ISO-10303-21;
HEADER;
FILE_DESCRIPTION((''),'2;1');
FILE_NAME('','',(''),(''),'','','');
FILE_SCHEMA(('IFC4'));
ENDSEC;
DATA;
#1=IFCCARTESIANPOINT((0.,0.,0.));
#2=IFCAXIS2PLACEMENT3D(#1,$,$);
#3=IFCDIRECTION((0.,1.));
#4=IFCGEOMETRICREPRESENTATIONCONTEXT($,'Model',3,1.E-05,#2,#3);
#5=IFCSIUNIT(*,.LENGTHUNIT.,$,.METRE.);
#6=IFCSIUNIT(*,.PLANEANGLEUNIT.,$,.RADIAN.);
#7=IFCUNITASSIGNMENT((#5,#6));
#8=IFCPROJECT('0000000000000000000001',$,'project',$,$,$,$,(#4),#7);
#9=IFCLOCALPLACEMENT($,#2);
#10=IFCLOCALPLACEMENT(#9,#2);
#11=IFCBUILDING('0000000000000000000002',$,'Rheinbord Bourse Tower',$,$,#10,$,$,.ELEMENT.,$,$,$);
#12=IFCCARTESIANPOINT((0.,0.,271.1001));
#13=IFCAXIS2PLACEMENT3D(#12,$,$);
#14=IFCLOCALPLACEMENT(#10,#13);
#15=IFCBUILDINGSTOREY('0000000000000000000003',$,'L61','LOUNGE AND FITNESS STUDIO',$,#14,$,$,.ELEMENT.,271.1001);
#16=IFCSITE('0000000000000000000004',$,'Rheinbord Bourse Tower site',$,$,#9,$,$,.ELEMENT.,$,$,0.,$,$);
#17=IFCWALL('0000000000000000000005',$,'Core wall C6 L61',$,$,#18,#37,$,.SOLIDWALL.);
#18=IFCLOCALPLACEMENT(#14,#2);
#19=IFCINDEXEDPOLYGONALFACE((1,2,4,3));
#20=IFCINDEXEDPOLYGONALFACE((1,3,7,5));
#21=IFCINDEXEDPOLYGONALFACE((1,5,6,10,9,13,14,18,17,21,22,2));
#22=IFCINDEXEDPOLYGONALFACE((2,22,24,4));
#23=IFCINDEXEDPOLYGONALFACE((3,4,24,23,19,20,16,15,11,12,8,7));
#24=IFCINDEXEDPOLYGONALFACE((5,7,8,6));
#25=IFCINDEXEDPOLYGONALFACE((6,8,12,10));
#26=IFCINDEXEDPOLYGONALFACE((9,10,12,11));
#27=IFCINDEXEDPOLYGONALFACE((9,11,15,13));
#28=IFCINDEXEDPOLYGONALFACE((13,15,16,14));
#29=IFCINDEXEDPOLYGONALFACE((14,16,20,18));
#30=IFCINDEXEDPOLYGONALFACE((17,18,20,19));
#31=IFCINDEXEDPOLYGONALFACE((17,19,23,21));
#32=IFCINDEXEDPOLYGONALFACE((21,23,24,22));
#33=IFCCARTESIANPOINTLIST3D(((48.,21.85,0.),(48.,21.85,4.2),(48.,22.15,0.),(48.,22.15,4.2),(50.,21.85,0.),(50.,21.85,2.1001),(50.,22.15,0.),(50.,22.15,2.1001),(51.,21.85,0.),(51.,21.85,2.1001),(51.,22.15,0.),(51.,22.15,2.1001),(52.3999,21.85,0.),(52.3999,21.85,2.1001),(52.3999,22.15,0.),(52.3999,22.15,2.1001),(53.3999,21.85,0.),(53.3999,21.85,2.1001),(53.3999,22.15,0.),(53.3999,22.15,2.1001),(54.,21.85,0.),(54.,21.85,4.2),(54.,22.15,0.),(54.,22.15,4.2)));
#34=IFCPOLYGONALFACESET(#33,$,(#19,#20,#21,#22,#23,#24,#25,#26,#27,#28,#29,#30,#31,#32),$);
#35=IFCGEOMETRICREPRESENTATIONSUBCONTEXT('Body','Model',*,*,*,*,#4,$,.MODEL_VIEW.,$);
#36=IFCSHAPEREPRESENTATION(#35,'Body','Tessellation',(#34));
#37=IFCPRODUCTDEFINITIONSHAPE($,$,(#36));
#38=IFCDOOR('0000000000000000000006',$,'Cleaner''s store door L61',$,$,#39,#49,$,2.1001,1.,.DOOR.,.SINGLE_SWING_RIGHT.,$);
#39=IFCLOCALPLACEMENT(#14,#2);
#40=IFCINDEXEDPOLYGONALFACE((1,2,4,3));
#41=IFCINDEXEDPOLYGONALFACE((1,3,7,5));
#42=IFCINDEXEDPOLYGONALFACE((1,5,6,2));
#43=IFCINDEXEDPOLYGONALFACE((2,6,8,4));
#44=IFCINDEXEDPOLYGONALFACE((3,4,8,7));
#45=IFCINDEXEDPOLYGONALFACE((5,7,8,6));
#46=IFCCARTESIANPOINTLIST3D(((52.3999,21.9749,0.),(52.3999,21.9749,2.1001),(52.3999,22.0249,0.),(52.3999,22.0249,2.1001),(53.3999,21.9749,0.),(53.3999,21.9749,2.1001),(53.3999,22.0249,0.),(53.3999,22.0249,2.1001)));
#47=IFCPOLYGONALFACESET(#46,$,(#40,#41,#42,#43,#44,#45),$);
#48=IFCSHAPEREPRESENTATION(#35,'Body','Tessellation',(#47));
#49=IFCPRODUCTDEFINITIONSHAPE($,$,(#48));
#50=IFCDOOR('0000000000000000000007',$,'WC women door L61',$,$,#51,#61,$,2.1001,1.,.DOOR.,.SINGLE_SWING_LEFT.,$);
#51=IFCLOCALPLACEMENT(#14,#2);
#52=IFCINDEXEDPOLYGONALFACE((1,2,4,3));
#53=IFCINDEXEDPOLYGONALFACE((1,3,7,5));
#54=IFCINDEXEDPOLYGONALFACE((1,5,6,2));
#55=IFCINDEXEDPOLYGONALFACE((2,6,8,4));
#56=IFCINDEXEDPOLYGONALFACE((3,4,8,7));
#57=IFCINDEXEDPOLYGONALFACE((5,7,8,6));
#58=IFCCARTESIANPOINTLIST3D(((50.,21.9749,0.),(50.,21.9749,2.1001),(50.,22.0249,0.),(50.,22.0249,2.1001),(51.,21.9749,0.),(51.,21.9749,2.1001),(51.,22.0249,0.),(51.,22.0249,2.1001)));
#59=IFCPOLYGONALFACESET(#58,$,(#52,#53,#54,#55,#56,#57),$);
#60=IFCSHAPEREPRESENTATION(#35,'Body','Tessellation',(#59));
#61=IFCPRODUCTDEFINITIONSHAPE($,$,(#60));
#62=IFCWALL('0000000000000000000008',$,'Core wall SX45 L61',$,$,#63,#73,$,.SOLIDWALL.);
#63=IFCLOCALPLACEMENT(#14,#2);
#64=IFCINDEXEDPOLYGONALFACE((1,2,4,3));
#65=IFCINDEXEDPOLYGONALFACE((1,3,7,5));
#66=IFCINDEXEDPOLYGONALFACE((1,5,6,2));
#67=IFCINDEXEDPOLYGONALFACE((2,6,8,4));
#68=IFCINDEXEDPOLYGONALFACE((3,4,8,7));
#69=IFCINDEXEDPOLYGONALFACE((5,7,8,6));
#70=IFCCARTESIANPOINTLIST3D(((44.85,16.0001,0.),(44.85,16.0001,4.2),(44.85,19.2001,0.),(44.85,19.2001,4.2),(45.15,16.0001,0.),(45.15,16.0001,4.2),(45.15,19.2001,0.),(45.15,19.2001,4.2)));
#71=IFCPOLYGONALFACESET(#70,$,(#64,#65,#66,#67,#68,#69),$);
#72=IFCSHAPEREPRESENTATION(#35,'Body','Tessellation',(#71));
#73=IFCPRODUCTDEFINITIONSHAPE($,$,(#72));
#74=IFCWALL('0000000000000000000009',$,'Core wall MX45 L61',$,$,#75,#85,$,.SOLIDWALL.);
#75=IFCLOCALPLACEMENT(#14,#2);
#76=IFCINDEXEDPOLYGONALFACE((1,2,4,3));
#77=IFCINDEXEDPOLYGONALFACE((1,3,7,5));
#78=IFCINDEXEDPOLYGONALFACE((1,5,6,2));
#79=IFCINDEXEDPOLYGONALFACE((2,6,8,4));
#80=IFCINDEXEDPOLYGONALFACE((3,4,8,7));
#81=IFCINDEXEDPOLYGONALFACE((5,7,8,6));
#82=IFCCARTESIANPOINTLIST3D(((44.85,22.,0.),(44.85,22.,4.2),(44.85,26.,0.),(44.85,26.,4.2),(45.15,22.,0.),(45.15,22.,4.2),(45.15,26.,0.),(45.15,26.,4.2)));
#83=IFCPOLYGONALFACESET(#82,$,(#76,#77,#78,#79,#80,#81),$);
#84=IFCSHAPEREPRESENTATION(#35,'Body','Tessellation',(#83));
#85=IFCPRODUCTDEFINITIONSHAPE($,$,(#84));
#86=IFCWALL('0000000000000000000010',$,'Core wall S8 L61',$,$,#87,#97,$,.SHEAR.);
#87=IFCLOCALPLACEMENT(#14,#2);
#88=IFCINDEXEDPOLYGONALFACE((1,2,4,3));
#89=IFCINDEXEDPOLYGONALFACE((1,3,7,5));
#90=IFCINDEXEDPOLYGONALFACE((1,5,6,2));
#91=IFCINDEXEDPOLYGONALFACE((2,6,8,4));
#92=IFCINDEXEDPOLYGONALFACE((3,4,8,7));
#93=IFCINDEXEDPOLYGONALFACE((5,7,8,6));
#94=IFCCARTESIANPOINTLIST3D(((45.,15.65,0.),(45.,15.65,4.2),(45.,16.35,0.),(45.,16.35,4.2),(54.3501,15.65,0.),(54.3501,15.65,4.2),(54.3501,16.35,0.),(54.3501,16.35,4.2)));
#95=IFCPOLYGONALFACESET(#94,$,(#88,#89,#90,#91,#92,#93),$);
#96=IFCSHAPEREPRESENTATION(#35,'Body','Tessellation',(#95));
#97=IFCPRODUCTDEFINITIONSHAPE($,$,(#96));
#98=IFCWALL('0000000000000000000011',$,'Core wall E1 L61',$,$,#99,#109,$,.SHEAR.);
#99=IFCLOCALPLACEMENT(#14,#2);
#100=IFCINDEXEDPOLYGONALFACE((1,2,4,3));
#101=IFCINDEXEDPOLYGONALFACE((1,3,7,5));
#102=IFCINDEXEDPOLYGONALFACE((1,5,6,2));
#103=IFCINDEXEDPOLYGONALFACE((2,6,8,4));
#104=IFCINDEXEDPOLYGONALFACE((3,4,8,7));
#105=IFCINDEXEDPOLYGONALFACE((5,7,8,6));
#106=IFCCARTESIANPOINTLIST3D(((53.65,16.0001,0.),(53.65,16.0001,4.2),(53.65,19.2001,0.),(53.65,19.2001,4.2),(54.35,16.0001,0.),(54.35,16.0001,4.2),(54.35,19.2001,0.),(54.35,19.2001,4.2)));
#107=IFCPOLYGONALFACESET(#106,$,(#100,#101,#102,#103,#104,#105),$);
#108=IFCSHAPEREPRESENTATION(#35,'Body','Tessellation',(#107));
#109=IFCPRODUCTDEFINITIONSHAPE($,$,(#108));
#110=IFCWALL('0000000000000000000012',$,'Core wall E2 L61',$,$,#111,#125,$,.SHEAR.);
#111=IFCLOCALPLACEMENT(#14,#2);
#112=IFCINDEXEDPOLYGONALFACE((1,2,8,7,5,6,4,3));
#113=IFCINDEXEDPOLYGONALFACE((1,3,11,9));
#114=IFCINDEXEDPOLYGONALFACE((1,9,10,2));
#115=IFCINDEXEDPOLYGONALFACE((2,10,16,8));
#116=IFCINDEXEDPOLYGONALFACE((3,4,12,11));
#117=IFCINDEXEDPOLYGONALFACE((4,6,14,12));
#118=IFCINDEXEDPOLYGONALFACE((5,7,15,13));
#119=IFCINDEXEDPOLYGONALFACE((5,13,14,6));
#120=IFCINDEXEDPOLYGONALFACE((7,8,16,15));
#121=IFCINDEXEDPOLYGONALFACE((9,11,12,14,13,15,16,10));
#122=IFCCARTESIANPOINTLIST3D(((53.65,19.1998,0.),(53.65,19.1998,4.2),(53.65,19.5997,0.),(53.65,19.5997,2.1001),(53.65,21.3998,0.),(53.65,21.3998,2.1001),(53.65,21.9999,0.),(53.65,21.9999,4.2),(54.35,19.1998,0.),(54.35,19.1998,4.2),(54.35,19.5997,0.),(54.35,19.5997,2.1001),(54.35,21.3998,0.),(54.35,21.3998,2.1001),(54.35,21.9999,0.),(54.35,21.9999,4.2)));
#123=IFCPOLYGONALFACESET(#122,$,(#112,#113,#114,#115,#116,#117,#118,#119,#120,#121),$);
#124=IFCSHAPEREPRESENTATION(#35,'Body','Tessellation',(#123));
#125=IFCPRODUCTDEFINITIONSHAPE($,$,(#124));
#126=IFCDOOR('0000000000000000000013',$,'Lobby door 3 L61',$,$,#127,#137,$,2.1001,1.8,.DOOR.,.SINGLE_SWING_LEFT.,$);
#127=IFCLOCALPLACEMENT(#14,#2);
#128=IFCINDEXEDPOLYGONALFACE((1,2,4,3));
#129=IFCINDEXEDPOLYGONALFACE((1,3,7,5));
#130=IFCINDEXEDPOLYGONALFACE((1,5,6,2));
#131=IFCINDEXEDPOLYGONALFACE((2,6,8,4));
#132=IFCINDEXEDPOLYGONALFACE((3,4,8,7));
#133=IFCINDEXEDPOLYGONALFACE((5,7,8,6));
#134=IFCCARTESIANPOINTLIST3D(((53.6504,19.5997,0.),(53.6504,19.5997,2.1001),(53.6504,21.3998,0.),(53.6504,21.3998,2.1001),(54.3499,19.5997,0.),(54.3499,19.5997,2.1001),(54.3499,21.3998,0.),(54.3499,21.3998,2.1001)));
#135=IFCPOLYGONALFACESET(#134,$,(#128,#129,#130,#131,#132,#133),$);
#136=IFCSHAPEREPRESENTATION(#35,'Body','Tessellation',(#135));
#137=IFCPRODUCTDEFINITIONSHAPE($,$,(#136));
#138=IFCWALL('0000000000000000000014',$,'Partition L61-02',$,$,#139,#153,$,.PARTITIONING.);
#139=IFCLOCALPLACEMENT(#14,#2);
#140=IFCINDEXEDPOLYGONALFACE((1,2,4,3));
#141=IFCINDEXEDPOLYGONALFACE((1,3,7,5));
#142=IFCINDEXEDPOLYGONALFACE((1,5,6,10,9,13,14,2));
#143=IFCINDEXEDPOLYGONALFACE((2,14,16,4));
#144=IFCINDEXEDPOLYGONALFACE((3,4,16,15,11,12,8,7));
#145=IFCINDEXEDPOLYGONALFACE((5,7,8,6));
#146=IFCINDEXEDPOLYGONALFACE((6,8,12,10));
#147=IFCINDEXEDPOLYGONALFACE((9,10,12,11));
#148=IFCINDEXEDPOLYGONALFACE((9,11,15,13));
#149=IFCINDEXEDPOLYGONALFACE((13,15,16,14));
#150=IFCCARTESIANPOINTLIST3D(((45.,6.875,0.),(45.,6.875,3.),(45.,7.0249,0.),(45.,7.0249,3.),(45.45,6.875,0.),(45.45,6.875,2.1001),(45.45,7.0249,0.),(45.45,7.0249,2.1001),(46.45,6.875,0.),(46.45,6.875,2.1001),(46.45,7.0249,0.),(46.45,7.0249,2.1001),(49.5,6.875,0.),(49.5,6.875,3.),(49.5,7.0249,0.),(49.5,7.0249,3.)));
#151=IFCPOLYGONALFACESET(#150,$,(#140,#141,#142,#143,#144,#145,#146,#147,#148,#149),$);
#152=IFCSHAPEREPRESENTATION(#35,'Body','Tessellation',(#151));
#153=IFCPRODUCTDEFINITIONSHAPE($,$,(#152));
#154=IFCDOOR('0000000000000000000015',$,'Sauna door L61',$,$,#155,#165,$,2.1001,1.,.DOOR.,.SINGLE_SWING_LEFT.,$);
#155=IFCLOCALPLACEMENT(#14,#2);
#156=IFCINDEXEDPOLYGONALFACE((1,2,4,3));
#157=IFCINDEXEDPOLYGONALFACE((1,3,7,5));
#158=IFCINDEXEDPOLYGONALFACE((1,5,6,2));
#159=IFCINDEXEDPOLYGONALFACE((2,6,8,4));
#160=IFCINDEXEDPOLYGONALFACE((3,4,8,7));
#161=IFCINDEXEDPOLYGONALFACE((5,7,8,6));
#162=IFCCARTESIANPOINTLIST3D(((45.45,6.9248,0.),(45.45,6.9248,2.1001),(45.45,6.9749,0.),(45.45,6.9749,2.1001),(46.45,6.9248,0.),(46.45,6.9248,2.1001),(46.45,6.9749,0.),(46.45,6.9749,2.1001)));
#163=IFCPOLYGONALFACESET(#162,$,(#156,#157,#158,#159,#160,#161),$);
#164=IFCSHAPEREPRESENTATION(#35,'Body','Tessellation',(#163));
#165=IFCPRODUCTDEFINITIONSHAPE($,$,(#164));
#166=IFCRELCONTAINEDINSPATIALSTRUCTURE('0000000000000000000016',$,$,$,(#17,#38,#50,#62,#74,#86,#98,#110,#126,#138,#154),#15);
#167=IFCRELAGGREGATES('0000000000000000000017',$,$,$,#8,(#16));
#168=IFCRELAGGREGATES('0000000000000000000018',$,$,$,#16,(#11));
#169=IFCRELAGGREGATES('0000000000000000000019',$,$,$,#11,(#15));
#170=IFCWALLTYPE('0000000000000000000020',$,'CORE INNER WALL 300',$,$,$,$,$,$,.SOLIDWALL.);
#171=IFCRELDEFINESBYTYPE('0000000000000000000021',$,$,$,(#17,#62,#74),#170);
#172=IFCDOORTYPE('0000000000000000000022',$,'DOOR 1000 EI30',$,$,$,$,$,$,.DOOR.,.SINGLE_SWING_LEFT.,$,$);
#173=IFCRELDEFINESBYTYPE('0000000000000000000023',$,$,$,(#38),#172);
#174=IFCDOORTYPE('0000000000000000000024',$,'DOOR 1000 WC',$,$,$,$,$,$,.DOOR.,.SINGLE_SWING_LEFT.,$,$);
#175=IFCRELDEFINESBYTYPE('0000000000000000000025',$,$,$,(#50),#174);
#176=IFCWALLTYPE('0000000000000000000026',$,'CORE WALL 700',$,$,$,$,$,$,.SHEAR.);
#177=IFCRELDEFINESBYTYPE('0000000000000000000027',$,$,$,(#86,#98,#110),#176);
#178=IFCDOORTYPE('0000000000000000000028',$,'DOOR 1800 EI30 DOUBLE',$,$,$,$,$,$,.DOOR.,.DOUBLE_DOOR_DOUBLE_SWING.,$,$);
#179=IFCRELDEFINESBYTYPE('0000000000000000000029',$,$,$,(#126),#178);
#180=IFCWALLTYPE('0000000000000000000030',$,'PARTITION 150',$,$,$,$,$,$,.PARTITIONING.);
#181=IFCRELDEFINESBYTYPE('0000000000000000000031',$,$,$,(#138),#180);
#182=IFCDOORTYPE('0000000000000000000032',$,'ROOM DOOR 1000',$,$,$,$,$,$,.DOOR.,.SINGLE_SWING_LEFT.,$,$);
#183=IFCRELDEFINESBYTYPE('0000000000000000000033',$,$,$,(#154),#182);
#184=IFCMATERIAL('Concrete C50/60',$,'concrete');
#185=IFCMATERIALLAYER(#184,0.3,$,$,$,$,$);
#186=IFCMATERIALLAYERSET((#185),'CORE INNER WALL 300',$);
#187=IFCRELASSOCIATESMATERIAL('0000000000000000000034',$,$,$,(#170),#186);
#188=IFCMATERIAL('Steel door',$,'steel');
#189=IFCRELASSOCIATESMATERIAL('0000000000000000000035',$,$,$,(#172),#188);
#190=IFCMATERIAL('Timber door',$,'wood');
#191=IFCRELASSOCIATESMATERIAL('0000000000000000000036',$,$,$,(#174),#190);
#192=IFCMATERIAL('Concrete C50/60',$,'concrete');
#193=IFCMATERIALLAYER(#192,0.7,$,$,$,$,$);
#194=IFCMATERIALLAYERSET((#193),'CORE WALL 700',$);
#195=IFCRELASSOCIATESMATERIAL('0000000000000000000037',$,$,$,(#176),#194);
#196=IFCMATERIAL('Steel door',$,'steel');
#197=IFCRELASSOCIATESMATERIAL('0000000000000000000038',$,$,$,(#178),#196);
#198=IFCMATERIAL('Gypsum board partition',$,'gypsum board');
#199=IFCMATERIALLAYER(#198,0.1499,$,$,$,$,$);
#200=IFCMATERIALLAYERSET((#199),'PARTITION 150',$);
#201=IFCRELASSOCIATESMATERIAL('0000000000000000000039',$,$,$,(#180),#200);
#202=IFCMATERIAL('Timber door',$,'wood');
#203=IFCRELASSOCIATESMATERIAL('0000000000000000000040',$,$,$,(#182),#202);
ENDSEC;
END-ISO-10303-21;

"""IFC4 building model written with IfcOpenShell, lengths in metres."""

from ifc_helpers import new_model, si_unit, direction, frame, frame_2d, origin, place, context, subcontext, project, spatial, rectangle, extrude, material, layer, layer_set, type_object, element, fill, save


model = new_model("IFC4")

# Units and contexts
model_context = context("Model", 3, precision=1e-05, world=origin(), true_north=direction((0.0, 1.0)))
body_context = subcontext(model_context, "Body", "Model", "MODEL_VIEW")
ifc_project = project(units=[si_unit("LENGTHUNIT", "METRE"), si_unit("PLANEANGLEUNIT", "RADIAN")], contexts=[model_context])

# Site, building, storey
site_placement = place(None, origin())
site = spatial("IfcSite", under=ifc_project, at=site_placement, Name="Rheinbord Bourse Tower site", CompositionType="ELEMENT", RefElevation=0.0)
building_placement = place(site_placement, origin())
building = spatial("IfcBuilding", under=site, at=building_placement, Name="Rheinbord Bourse Tower", CompositionType="ELEMENT")
storey_placement = place(building_placement, frame((0.0, 0.0, 271.1001)))
storey = spatial("IfcBuildingStorey", under=building, at=storey_placement, Name="L61", Description="LOUNGE AND FITNESS STUDIO", CompositionType="ELEMENT", Elevation=271.1001)

# Shared definitions
ifc_material_1 = material(Name="Concrete C50/60", Category="concrete")
ifc_layer_1 = layer(ifc_material_1, 0.3)
ifc_layer_set_1 = layer_set([ifc_layer_1], Name="CORE INNER WALL 300")
wall_type_1 = type_object("IfcWallType", Name="CORE INNER WALL 300", PredefinedType="SOLIDWALL", material=ifc_layer_set_1)
ifc_material_2 = material(Name="Steel door", Category="steel")
door_type_1 = type_object("IfcDoorType", Name="DOOR 1000 EI30", OperationType="SINGLE_SWING_LEFT", PredefinedType="DOOR", material=ifc_material_2)
ifc_material_3 = material(Name="Timber door", Category="wood")
door_type_2 = type_object("IfcDoorType", Name="DOOR 1000 WC", OperationType="SINGLE_SWING_LEFT", PredefinedType="DOOR", material=ifc_material_3)

# Wall, openings, doors
wall_1_placement = place(storey_placement, frame((48.0, 22.0, 0.0), z_axis=(0.0, 0.0, 1.0), x_axis=(1.0, 0.0, 0.0)))
wall_1 = element("IfcWall", 1, at=wall_1_placement, inside=storey, type_object=wall_type_1, Name="Core wall C6 L61", PredefinedType="SOLIDWALL", context=body_context, shape_type="SweptSolid", body=[
    extrude(rectangle(XDim=6.0, YDim=0.3, at=frame_2d((3.0, 0.0))), origin(), (0.0, 0.0, 1.0), 4.2),
])
opening_1_placement = place(wall_1_placement, frame((2.0, 0.0, 0.0)))
opening_1 = element("IfcOpeningElement", 2, at=opening_1_placement, cuts=wall_1, PredefinedType="OPENING", context=body_context, shape_type="SweptSolid", body=[
    extrude(rectangle(XDim=1.0, YDim=2.1001, at=frame_2d((0.5, 1.05))), frame((0.0, 0.1599, 0.0), z_axis=(0.0, -1.0, 0.0), x_axis=(1.0, 0.0, 0.0)), (0.0, 0.0, 1.0), 0.3201),
])
opening_2_placement = place(wall_1_placement, frame((4.3999, 0.0, 0.0)))
opening_2 = element("IfcOpeningElement", 3, at=opening_2_placement, cuts=wall_1, PredefinedType="OPENING", context=body_context, shape_type="SweptSolid", body=[
    extrude(rectangle(XDim=1.0, YDim=2.1001, at=frame_2d((0.5, 1.05))), frame((0.0, 0.1599, 0.0), z_axis=(0.0, -1.0, 0.0), x_axis=(1.0, 0.0, 0.0)), (0.0, 0.0, 1.0), 0.3201),
])
door_1_placement = place(opening_2_placement, origin())
door_1 = element("IfcDoor", 4, at=door_1_placement, inside=storey, type_object=door_type_1, Name="Cleaner's store door L61", OperationType="SINGLE_SWING_RIGHT", OverallHeight=2.1001, OverallWidth=1.0, PredefinedType="DOOR", context=body_context, shape_type="SweptSolid", body=[
    extrude(rectangle(XDim=1.0, YDim=2.1001, at=frame_2d((0.5, 1.05))), frame((0.0, 0.0249, 0.0), z_axis=(0.0, -1.0, 0.0), x_axis=(1.0, 0.0, 0.0)), (0.0, 0.0, 1.0), 0.05),
])
fill(opening_2, door_1)
door_2_placement = place(opening_1_placement, origin())
door_2 = element("IfcDoor", 5, at=door_2_placement, inside=storey, type_object=door_type_2, Name="WC women door L61", OperationType="SINGLE_SWING_LEFT", OverallHeight=2.1001, OverallWidth=1.0, PredefinedType="DOOR", context=body_context, shape_type="SweptSolid", body=[
    extrude(rectangle(XDim=1.0, YDim=2.1001, at=frame_2d((0.5, 1.05))), frame((0.0, 0.0249, 0.0), z_axis=(0.0, -1.0, 0.0), x_axis=(1.0, 0.0, 0.0)), (0.0, 0.0, 1.0), 0.05),
])
fill(opening_1, door_2)

# Walls
wall_2_placement = place(storey_placement, frame((45.0, 16.0, 0.0), z_axis=(0.0, 0.0, 1.0), x_axis=(0.0, 1.0, 0.0)))
element("IfcWall", 6, at=wall_2_placement, inside=storey, type_object=wall_type_1, Name="Core wall SX45 L61", PredefinedType="SOLIDWALL", context=body_context, shape_type="SweptSolid", body=[
    extrude(rectangle(XDim=3.2, YDim=0.3, at=frame_2d((1.6001, 0.0))), origin(), (0.0, 0.0, 1.0), 4.2),
])
wall_3_placement = place(storey_placement, frame((45.0, 22.0, 0.0), z_axis=(0.0, 0.0, 1.0), x_axis=(0.0, 1.0, 0.0)))
element("IfcWall", 7, at=wall_3_placement, inside=storey, type_object=wall_type_1, Name="Core wall MX45 L61", PredefinedType="SOLIDWALL", context=body_context, shape_type="SweptSolid", body=[
    extrude(rectangle(XDim=4.0, YDim=0.3, at=frame_2d((2.0, 0.0))), origin(), (0.0, 0.0, 1.0), 4.2),
])
ifc_material_4 = material(Name="Concrete C50/60", Category="concrete")
ifc_layer_2 = layer(ifc_material_4, 0.7)
ifc_layer_set_2 = layer_set([ifc_layer_2], Name="CORE WALL 700")
wall_type_2 = type_object("IfcWallType", Name="CORE WALL 700", PredefinedType="SHEAR", material=ifc_layer_set_2)
wall_4_placement = place(storey_placement, frame((45.0, 16.0, 0.0), z_axis=(0.0, 0.0, 1.0), x_axis=(1.0, 0.0, 0.0)))
element("IfcWall", 8, at=wall_4_placement, inside=storey, type_object=wall_type_2, Name="Core wall S8 L61", PredefinedType="SHEAR", context=body_context, shape_type="SweptSolid", body=[
    extrude(rectangle(XDim=9.3501, YDim=0.7, at=frame_2d((4.675, 0.0))), origin(), (0.0, 0.0, 1.0), 4.2),
])
wall_5_placement = place(storey_placement, frame((54.0, 16.0, 0.0), z_axis=(0.0, 0.0, 1.0), x_axis=(0.0, 1.0, 0.0)))
element("IfcWall", 9, at=wall_5_placement, inside=storey, type_object=wall_type_2, Name="Core wall E1 L61", PredefinedType="SHEAR", context=body_context, shape_type="SweptSolid", body=[
    extrude(rectangle(XDim=3.2, YDim=0.7, at=frame_2d((1.6001, 0.0))), origin(), (0.0, 0.0, 1.0), 4.2),
])

# Walls, openings, doors
wall_6_placement = place(storey_placement, frame((54.0, 19.2, 0.0), z_axis=(0.0, 0.0, 1.0), x_axis=(0.0, 1.0, 0.0)))
wall_6 = element("IfcWall", 10, at=wall_6_placement, inside=storey, type_object=wall_type_2, Name="Core wall E2 L61", PredefinedType="SHEAR", context=body_context, shape_type="SweptSolid", body=[
    extrude(rectangle(XDim=2.8, YDim=0.7, at=frame_2d((1.3999, 0.0))), origin(), (0.0, 0.0, 1.0), 4.2),
])
opening_3_placement = place(wall_6_placement, frame((0.3999, 0.0, 0.0)))
opening_3 = element("IfcOpeningElement", 11, at=opening_3_placement, cuts=wall_6, PredefinedType="OPENING", context=body_context, shape_type="SweptSolid", body=[
    extrude(rectangle(XDim=1.8, YDim=2.1001, at=frame_2d((0.8999, 1.05))), frame((0.0, 0.3599, 0.0), z_axis=(0.0, -1.0, 0.0), x_axis=(1.0, 0.0, 0.0)), (0.0, 0.0, 1.0), 0.72),
])
ifc_material_5 = material(Name="Steel door", Category="steel")
door_type_3 = type_object("IfcDoorType", Name="DOOR 1800 EI30 DOUBLE", OperationType="DOUBLE_DOOR_DOUBLE_SWING", PredefinedType="DOOR", material=ifc_material_5)
door_3_placement = place(opening_3_placement, origin())
door_3 = element("IfcDoor", 12, at=door_3_placement, inside=storey, type_object=door_type_3, Name="Lobby door 3 L61", OperationType="SINGLE_SWING_LEFT", OverallHeight=2.1001, OverallWidth=1.8, PredefinedType="DOOR", context=body_context, shape_type="SweptSolid", body=[
    extrude(rectangle(XDim=1.8, YDim=2.1001, at=frame_2d((0.8999, 1.05))), frame((0.0, 0.3496, 0.0), z_axis=(0.0, -1.0, 0.0), x_axis=(1.0, 0.0, 0.0)), (0.0, 0.0, 1.0), 0.6995),
])
fill(opening_3, door_3)
ifc_material_6 = material(Name="Gypsum board partition", Category="gypsum board")
ifc_layer_3 = layer(ifc_material_6, 0.1499)
ifc_layer_set_3 = layer_set([ifc_layer_3], Name="PARTITION 150")
wall_type_3 = type_object("IfcWallType", Name="PARTITION 150", PredefinedType="PARTITIONING", material=ifc_layer_set_3)
wall_7_placement = place(storey_placement, frame((45.0, 6.95, 0.0), z_axis=(0.0, 0.0, 1.0), x_axis=(1.0, 0.0, 0.0)))
wall_7 = element("IfcWall", 13, at=wall_7_placement, inside=storey, type_object=wall_type_3, Name="Partition L61-02", PredefinedType="PARTITIONING", context=body_context, shape_type="SweptSolid", body=[
    extrude(rectangle(XDim=4.5, YDim=0.1499, at=frame_2d((2.25, 0.0))), origin(), (0.0, 0.0, 1.0), 3.0),
])
opening_4_placement = place(wall_7_placement, frame((0.45, 0.0, 0.0)))
opening_4 = element("IfcOpeningElement", 14, at=opening_4_placement, cuts=wall_7, PredefinedType="OPENING", context=body_context, shape_type="SweptSolid", body=[
    extrude(rectangle(XDim=1.0, YDim=2.1001, at=frame_2d((0.5, 1.05))), frame((0.0, 0.085, 0.0), z_axis=(0.0, -1.0, 0.0), x_axis=(1.0, 0.0, 0.0)), (0.0, 0.0, 1.0), 0.1699),
])
ifc_material_7 = material(Name="Timber door", Category="wood")
door_type_4 = type_object("IfcDoorType", Name="ROOM DOOR 1000", OperationType="SINGLE_SWING_LEFT", PredefinedType="DOOR", material=ifc_material_7)
door_4_placement = place(opening_4_placement, origin())
door_4 = element("IfcDoor", 15, at=door_4_placement, inside=storey, type_object=door_type_4, Name="Sauna door L61", OperationType="SINGLE_SWING_LEFT", OverallHeight=2.1001, OverallWidth=1.0, PredefinedType="DOOR", context=body_context, shape_type="SweptSolid", body=[
    extrude(rectangle(XDim=1.0, YDim=2.1001, at=frame_2d((0.5, 1.05))), frame((0.0, 0.0249, 0.0), z_axis=(0.0, -1.0, 0.0), x_axis=(1.0, 0.0, 0.0)), (0.0, 0.0, 1.0), 0.05),
])
fill(opening_4, door_4)

save(model, "model.ifc")
